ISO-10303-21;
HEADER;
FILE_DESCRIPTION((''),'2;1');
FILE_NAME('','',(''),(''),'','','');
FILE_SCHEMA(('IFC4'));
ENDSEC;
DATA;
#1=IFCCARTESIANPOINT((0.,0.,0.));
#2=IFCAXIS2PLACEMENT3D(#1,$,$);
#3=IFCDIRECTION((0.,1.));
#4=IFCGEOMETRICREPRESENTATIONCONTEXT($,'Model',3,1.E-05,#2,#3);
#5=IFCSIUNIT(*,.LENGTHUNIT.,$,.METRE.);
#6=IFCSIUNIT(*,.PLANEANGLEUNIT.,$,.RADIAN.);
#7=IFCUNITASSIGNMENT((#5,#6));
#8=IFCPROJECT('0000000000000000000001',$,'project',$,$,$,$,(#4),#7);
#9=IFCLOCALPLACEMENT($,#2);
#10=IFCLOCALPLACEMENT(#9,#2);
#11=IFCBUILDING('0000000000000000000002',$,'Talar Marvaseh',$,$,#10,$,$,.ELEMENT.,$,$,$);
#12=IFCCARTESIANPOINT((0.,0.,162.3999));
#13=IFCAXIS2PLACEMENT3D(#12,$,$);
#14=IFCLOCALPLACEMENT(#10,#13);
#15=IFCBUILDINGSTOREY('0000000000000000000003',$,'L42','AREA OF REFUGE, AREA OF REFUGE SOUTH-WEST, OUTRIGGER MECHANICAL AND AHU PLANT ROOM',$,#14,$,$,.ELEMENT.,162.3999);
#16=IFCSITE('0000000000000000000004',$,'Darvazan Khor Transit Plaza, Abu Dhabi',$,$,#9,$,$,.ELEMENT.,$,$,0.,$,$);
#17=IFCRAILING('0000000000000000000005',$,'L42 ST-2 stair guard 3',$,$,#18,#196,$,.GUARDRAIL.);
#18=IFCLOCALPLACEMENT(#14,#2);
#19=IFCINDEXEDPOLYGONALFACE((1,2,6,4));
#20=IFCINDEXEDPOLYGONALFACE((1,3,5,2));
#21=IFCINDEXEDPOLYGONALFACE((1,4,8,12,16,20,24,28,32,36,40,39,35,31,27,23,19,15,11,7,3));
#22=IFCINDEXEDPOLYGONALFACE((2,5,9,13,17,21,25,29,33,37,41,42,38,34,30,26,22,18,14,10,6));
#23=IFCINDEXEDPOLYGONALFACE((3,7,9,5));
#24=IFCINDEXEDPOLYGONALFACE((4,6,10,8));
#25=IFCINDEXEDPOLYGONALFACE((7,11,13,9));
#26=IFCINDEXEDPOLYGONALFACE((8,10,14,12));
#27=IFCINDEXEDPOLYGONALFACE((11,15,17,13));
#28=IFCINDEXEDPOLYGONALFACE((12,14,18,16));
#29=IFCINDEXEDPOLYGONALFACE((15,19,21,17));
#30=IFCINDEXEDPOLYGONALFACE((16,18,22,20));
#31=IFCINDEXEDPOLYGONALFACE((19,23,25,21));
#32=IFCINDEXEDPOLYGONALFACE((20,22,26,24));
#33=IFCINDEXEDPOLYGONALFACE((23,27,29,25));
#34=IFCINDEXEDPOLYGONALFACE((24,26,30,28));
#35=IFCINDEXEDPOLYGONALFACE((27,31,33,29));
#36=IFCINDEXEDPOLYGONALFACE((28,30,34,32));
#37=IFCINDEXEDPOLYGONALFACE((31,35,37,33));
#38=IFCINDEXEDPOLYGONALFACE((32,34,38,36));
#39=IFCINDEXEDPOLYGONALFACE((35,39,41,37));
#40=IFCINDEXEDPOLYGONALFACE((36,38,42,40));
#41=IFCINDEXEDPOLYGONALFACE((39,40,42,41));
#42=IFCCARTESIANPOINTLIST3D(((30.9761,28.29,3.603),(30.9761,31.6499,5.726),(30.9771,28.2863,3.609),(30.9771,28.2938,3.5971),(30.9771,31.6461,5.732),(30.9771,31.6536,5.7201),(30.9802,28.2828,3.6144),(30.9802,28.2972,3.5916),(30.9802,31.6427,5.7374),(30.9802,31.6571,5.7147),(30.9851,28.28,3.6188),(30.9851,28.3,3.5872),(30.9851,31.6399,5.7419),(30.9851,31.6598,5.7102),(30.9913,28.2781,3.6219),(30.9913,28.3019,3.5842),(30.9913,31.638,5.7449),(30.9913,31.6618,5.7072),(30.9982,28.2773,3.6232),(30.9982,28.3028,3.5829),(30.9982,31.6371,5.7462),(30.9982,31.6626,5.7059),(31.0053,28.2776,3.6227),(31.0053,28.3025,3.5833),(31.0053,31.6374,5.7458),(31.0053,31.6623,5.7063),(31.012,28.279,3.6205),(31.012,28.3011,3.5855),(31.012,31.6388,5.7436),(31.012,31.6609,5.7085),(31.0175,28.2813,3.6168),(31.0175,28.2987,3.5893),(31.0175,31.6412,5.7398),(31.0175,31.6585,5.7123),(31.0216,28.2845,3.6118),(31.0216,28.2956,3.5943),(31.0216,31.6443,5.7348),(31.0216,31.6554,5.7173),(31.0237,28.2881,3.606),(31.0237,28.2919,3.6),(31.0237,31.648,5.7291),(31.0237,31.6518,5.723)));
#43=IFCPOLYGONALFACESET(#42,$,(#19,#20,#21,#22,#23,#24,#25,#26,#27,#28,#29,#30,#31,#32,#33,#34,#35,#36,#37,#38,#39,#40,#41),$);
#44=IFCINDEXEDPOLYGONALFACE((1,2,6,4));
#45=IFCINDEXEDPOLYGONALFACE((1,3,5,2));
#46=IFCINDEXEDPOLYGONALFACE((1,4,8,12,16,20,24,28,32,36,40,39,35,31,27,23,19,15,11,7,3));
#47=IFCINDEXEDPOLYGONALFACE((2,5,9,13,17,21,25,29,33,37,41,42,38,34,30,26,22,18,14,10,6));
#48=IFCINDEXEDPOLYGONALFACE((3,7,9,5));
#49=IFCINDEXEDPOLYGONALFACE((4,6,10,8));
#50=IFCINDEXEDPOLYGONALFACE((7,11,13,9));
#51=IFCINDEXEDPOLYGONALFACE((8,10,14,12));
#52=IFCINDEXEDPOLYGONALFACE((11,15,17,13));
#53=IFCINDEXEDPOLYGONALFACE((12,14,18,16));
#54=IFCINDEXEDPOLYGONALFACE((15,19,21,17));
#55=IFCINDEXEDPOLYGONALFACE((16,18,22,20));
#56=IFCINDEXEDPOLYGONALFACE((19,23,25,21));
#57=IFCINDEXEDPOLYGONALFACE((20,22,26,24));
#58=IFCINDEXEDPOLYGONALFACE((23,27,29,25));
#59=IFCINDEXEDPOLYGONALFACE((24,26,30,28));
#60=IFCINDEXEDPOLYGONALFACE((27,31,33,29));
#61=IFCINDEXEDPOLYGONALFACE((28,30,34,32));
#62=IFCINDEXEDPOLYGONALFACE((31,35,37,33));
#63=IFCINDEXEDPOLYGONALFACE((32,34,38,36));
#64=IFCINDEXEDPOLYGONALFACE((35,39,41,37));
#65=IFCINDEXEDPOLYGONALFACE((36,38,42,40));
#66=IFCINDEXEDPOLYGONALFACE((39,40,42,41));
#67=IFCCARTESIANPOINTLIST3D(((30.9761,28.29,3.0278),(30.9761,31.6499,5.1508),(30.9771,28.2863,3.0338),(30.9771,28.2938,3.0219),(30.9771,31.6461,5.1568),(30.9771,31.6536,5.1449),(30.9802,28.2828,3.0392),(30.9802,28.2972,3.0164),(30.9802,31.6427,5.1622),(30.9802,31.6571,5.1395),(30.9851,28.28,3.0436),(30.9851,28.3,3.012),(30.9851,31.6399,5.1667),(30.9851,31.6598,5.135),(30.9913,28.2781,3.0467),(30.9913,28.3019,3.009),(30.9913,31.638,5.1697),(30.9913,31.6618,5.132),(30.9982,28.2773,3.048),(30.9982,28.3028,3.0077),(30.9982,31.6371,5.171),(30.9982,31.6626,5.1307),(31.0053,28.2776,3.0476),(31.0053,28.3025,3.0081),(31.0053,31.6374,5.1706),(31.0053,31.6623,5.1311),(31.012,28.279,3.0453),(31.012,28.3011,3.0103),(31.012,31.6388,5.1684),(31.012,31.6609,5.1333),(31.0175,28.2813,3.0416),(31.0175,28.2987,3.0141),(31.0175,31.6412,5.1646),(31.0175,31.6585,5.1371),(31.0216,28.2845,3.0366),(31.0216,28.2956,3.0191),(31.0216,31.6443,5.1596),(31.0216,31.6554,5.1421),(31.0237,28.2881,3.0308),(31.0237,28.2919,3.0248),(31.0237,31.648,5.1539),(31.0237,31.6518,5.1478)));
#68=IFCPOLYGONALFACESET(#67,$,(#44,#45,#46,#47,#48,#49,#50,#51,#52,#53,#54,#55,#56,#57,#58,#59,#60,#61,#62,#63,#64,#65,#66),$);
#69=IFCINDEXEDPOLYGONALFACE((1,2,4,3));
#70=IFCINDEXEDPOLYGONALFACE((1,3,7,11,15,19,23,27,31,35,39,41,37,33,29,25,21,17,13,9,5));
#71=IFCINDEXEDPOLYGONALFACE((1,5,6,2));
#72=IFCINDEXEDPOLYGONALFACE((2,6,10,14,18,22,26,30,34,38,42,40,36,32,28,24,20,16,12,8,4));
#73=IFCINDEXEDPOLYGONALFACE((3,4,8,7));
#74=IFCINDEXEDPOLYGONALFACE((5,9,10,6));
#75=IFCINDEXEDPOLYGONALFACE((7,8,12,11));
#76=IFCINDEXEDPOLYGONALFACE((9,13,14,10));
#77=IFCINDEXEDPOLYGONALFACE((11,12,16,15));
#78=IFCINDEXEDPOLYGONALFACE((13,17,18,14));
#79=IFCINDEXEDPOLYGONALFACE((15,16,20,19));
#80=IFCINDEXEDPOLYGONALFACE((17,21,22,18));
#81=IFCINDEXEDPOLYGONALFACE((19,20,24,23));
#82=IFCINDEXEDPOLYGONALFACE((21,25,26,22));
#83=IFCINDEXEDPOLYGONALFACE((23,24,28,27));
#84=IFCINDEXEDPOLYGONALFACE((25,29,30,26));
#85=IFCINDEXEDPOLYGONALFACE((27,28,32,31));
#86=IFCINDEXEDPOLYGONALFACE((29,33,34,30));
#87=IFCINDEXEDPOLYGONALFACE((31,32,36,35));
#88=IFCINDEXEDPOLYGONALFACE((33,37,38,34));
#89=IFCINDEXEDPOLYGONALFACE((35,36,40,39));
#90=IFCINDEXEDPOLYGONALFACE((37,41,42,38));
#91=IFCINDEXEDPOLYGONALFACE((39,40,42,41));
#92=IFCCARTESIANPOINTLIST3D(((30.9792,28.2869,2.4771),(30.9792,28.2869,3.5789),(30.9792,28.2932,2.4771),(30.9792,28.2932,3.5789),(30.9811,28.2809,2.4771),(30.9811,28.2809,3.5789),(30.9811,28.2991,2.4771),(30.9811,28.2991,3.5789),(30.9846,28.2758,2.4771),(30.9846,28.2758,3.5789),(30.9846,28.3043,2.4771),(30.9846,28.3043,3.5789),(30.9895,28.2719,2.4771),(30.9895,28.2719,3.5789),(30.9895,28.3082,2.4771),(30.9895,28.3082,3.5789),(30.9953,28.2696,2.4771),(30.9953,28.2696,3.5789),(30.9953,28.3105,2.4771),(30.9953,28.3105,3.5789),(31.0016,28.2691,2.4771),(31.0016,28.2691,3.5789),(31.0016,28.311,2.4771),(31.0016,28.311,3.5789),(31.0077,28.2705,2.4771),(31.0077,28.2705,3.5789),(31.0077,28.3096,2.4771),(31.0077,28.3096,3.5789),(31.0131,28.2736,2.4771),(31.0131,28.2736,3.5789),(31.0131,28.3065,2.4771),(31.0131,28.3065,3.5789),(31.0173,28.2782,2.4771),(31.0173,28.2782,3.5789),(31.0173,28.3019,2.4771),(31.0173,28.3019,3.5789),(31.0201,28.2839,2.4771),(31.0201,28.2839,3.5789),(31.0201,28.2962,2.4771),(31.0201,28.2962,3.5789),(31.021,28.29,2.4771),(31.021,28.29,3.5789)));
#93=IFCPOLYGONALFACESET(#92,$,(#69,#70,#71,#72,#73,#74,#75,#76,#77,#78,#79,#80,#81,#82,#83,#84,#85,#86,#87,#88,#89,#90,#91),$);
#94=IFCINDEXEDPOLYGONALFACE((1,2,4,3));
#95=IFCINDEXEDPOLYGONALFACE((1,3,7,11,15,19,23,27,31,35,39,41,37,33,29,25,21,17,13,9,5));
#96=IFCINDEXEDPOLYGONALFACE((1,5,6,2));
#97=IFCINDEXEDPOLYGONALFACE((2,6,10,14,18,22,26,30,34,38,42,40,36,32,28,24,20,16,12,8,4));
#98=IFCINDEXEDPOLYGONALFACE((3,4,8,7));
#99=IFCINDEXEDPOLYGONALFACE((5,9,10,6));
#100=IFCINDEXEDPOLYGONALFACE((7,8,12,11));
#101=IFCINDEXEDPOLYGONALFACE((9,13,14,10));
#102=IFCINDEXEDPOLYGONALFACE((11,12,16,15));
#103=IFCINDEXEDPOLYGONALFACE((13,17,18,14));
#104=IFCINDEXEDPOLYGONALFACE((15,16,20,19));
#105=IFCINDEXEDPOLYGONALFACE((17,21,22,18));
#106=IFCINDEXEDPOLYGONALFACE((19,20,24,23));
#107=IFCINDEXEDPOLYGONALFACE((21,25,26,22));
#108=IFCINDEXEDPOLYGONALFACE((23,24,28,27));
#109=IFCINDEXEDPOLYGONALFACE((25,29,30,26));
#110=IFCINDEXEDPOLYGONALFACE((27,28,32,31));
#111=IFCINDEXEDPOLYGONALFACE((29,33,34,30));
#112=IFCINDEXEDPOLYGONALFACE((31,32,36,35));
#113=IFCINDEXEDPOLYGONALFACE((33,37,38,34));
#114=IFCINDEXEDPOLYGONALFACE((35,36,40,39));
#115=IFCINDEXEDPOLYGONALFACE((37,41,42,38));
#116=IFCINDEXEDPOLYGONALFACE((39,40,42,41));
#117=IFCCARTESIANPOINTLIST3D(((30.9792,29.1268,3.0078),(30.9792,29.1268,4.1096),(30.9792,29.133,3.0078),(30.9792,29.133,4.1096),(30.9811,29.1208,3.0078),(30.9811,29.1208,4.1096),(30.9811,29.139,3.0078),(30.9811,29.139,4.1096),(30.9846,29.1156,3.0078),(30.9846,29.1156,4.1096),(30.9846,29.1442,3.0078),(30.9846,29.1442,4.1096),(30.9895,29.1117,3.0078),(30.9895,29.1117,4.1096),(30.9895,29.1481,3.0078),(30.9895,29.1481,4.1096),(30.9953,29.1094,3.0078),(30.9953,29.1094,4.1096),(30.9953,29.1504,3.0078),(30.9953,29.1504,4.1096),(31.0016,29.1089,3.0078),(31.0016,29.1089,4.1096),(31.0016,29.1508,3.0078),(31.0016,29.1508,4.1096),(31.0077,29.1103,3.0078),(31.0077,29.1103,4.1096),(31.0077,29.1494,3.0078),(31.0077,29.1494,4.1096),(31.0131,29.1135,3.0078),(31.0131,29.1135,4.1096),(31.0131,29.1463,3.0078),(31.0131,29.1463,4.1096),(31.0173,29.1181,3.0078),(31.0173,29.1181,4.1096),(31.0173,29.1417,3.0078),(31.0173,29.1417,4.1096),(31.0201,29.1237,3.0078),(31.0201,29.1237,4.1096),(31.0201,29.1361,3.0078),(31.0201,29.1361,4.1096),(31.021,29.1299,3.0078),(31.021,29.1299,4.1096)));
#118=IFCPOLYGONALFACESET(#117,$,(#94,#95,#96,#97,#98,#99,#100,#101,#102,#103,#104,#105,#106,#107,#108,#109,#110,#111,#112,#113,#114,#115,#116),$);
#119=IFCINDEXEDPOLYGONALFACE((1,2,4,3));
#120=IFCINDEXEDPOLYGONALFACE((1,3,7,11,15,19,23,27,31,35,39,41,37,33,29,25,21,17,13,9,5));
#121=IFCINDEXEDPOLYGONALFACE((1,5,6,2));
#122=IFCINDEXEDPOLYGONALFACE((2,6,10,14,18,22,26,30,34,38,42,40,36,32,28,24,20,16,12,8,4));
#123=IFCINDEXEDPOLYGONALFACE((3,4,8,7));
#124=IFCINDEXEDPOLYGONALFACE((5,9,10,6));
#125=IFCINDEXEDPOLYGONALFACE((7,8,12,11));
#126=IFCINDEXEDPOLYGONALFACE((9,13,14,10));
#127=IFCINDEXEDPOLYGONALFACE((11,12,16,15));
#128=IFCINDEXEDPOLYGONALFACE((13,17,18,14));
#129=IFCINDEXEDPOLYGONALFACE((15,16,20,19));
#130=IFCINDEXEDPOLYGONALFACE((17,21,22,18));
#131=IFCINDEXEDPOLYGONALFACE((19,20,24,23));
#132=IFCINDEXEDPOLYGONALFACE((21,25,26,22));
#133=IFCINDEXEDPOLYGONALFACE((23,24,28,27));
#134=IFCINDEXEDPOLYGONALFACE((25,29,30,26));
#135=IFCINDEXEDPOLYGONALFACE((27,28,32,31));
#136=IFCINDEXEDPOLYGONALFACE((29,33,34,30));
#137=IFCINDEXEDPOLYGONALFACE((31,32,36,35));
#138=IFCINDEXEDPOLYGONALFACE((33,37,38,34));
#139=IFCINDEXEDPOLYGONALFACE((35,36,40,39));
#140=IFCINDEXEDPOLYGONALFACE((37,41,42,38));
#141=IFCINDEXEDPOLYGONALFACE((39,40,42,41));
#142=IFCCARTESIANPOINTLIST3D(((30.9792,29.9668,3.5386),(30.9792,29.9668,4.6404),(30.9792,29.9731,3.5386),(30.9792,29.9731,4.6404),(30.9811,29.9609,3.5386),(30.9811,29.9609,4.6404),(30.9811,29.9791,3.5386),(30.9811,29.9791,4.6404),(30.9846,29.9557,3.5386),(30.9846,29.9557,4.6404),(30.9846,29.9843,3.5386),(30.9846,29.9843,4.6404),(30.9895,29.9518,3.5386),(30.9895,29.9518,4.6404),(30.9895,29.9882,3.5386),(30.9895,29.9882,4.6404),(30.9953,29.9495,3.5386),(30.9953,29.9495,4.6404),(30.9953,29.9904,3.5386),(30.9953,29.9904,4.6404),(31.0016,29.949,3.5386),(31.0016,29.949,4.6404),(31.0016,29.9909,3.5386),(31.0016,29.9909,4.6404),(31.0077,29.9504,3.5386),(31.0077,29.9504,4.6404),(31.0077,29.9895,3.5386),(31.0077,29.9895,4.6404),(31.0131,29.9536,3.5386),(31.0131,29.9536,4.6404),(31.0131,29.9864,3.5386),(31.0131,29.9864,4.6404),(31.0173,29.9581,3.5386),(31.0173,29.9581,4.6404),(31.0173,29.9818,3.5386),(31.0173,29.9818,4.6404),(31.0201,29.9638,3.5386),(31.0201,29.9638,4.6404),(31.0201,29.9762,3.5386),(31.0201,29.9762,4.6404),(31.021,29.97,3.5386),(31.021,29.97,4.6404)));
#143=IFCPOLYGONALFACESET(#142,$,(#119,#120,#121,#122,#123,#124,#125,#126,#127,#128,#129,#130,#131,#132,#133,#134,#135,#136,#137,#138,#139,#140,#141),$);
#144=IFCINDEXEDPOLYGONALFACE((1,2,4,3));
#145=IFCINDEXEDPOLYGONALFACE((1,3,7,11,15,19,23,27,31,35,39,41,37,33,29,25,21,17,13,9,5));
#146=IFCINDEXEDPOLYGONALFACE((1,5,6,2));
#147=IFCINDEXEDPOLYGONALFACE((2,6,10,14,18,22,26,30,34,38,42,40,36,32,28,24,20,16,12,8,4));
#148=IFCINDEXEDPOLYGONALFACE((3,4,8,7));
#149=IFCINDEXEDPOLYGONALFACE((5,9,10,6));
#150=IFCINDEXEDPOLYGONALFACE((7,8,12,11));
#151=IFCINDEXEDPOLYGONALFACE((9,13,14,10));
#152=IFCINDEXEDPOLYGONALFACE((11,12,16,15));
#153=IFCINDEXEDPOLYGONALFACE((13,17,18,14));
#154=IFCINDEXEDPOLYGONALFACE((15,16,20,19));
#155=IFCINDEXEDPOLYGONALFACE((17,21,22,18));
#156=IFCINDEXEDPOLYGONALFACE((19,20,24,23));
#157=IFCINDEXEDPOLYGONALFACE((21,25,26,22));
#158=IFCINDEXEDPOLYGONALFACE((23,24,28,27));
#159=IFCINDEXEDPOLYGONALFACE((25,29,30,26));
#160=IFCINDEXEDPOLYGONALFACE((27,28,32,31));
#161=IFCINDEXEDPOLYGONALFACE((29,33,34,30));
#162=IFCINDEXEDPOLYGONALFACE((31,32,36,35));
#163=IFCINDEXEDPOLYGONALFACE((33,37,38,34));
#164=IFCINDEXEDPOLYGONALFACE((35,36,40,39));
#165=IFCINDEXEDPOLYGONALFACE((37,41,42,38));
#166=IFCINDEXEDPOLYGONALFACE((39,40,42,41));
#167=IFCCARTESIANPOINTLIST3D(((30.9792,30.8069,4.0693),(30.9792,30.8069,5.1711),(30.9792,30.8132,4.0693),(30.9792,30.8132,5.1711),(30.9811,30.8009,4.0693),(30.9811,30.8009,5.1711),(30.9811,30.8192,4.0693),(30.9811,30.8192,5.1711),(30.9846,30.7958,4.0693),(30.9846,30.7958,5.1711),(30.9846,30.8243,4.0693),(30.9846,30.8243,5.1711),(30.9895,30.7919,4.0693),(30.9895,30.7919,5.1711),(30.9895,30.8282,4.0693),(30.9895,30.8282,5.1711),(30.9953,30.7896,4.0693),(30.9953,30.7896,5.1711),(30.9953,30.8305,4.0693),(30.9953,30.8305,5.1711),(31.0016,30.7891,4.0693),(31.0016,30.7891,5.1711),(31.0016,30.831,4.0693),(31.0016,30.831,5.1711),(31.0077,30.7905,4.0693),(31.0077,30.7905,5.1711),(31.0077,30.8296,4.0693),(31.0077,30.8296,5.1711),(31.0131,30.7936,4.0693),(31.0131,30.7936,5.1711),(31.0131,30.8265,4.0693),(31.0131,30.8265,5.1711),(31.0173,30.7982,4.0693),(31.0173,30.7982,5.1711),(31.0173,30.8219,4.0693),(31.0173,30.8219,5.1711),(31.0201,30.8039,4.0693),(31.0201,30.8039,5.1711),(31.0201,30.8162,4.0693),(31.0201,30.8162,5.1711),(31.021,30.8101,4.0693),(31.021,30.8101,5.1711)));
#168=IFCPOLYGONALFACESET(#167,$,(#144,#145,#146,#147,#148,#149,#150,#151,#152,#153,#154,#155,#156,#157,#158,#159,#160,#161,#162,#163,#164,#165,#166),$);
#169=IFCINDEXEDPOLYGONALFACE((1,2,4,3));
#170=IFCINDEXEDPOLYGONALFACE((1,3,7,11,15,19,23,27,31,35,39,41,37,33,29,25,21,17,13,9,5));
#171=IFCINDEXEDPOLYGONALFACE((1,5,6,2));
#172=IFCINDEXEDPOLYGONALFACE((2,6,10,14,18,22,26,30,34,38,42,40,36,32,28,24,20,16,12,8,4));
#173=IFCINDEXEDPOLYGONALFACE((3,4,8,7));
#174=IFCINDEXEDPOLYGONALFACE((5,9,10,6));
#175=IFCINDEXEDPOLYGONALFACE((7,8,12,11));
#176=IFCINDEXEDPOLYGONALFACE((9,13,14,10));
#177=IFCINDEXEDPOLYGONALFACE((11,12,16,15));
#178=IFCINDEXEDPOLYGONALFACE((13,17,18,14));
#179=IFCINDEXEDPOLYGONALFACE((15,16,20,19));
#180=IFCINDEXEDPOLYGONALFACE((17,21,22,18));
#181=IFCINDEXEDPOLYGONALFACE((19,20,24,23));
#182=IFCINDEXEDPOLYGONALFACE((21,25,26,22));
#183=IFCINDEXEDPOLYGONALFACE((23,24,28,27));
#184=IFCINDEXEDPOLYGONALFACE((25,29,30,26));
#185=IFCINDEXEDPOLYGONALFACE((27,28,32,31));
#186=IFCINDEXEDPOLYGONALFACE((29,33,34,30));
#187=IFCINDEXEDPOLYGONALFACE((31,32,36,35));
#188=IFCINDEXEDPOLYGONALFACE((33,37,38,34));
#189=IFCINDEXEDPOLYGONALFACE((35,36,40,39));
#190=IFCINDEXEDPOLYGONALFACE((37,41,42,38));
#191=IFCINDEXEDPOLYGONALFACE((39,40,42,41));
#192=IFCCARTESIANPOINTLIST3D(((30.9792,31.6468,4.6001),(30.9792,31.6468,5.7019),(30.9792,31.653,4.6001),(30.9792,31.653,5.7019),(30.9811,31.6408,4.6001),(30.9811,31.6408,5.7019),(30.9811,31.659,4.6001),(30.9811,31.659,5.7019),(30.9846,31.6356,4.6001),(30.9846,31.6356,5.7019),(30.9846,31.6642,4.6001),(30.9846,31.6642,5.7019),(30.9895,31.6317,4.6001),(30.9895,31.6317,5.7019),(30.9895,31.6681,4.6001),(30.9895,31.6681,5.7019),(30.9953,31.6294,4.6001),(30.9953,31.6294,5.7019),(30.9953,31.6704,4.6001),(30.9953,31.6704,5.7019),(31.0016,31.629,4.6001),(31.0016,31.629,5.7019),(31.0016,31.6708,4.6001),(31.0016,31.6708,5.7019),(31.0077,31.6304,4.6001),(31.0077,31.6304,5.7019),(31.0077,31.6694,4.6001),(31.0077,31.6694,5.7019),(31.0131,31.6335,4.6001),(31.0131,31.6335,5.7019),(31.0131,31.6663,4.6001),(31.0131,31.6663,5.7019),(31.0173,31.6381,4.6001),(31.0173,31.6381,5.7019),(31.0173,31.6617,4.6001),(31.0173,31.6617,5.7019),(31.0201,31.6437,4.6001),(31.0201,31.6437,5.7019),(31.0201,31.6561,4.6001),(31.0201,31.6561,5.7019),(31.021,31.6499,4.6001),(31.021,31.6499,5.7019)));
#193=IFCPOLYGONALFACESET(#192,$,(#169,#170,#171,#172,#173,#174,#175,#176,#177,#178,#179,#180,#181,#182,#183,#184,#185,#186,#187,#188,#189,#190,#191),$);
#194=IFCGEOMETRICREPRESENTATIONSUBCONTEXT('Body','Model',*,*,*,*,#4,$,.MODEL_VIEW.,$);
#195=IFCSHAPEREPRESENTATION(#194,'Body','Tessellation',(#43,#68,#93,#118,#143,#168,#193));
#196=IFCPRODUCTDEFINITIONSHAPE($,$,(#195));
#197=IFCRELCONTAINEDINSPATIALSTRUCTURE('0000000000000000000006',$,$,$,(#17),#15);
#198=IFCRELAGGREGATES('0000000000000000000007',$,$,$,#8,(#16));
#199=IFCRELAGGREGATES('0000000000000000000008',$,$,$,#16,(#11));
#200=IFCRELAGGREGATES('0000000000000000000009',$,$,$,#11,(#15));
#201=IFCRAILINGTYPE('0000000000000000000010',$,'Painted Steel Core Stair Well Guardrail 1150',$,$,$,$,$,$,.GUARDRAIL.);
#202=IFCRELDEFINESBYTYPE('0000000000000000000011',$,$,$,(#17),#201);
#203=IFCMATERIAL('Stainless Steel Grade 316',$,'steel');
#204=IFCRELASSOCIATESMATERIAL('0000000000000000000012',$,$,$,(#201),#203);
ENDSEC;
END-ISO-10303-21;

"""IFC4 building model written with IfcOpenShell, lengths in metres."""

from ifc_helpers import new_model, si_unit, direction, frame, origin, origin_2d, place, context, subcontext, project, spatial, circle, extrude, material, type_object, element, save


model = new_model("IFC4")

# Units and contexts
model_context = context("Model", 3, precision=1e-05, world=origin(), true_north=direction((0.0, 1.0)))
body_context = subcontext(model_context, "Body", "Model", "MODEL_VIEW")
ifc_project = project(units=[si_unit("LENGTHUNIT", "METRE"), si_unit("PLANEANGLEUNIT", "RADIAN")], contexts=[model_context])

# Site, building, storey
site_placement = place(None, origin())
site = spatial("IfcSite", under=ifc_project, at=site_placement, Name="Darvazan Khor Transit Plaza, Abu Dhabi", CompositionType="ELEMENT", RefElevation=0.0)
building_placement = place(site_placement, origin())
building = spatial("IfcBuilding", under=site, at=building_placement, Name="Talar Marvaseh", CompositionType="ELEMENT")
storey_placement = place(building_placement, frame((0.0, 0.0, 162.3999)))
storey = spatial("IfcBuildingStorey", under=building, at=storey_placement, Name="L42", Description="AREA OF REFUGE, AREA OF REFUGE SOUTH-WEST, OUTRIGGER MECHANICAL AND AHU PLANT ROOM", CompositionType="ELEMENT", Elevation=162.3999)

# Shared definitions
ifc_material_1 = material(Name="Stainless Steel Grade 316", Category="steel")

# Railing
railing_type_1 = type_object("IfcRailingType", Name="Painted Steel Core Stair Well Guardrail 1150", PredefinedType="GUARDRAIL", material=ifc_material_1)
railing_1_placement = place(storey_placement, frame((31.0, 28.29, 2.4771)))
element("IfcRailing", 1, at=railing_1_placement, inside=storey, type_object=railing_type_1, Name="L42 ST-2 stair guard 3", PredefinedType="GUARDRAIL", context=body_context, shape_type="SweptSolid", body=[
    extrude(circle(Radius=0.0239, at=origin_2d()), frame((0.0, 0.0, 1.126), z_axis=(0.0, 0.845372, 0.534178), x_axis=(-1.0, 0.0, 0.0)), (0.0, 0.0, 1.0), 3.9744),
    extrude(circle(Radius=0.0239, at=origin_2d()), frame((0.0, 0.0, 0.5508), z_axis=(0.0, 0.845372, 0.534178), x_axis=(-1.0, 0.0, 0.0)), (0.0, 0.0, 1.0), 3.9744),
    extrude(circle(Radius=0.021, at=origin_2d()), origin(), (0.0, 0.0, 1.0), 1.1018),
    extrude(circle(Radius=0.021, at=origin_2d()), frame((0.0, 0.8398, 0.5308)), (0.0, 0.0, 1.0), 1.1018),
    extrude(circle(Radius=0.021, at=origin_2d()), frame((0.0, 1.6799, 1.0615)), (0.0, 0.0, 1.0), 1.1018),
    extrude(circle(Radius=0.021, at=origin_2d()), frame((0.0, 2.52, 1.5923)), (0.0, 0.0, 1.0), 1.1018),
    extrude(circle(Radius=0.021, at=origin_2d()), frame((0.0, 3.3599, 2.123)), (0.0, 0.0, 1.0), 1.1018),
])

save(model, "model.ifc")
